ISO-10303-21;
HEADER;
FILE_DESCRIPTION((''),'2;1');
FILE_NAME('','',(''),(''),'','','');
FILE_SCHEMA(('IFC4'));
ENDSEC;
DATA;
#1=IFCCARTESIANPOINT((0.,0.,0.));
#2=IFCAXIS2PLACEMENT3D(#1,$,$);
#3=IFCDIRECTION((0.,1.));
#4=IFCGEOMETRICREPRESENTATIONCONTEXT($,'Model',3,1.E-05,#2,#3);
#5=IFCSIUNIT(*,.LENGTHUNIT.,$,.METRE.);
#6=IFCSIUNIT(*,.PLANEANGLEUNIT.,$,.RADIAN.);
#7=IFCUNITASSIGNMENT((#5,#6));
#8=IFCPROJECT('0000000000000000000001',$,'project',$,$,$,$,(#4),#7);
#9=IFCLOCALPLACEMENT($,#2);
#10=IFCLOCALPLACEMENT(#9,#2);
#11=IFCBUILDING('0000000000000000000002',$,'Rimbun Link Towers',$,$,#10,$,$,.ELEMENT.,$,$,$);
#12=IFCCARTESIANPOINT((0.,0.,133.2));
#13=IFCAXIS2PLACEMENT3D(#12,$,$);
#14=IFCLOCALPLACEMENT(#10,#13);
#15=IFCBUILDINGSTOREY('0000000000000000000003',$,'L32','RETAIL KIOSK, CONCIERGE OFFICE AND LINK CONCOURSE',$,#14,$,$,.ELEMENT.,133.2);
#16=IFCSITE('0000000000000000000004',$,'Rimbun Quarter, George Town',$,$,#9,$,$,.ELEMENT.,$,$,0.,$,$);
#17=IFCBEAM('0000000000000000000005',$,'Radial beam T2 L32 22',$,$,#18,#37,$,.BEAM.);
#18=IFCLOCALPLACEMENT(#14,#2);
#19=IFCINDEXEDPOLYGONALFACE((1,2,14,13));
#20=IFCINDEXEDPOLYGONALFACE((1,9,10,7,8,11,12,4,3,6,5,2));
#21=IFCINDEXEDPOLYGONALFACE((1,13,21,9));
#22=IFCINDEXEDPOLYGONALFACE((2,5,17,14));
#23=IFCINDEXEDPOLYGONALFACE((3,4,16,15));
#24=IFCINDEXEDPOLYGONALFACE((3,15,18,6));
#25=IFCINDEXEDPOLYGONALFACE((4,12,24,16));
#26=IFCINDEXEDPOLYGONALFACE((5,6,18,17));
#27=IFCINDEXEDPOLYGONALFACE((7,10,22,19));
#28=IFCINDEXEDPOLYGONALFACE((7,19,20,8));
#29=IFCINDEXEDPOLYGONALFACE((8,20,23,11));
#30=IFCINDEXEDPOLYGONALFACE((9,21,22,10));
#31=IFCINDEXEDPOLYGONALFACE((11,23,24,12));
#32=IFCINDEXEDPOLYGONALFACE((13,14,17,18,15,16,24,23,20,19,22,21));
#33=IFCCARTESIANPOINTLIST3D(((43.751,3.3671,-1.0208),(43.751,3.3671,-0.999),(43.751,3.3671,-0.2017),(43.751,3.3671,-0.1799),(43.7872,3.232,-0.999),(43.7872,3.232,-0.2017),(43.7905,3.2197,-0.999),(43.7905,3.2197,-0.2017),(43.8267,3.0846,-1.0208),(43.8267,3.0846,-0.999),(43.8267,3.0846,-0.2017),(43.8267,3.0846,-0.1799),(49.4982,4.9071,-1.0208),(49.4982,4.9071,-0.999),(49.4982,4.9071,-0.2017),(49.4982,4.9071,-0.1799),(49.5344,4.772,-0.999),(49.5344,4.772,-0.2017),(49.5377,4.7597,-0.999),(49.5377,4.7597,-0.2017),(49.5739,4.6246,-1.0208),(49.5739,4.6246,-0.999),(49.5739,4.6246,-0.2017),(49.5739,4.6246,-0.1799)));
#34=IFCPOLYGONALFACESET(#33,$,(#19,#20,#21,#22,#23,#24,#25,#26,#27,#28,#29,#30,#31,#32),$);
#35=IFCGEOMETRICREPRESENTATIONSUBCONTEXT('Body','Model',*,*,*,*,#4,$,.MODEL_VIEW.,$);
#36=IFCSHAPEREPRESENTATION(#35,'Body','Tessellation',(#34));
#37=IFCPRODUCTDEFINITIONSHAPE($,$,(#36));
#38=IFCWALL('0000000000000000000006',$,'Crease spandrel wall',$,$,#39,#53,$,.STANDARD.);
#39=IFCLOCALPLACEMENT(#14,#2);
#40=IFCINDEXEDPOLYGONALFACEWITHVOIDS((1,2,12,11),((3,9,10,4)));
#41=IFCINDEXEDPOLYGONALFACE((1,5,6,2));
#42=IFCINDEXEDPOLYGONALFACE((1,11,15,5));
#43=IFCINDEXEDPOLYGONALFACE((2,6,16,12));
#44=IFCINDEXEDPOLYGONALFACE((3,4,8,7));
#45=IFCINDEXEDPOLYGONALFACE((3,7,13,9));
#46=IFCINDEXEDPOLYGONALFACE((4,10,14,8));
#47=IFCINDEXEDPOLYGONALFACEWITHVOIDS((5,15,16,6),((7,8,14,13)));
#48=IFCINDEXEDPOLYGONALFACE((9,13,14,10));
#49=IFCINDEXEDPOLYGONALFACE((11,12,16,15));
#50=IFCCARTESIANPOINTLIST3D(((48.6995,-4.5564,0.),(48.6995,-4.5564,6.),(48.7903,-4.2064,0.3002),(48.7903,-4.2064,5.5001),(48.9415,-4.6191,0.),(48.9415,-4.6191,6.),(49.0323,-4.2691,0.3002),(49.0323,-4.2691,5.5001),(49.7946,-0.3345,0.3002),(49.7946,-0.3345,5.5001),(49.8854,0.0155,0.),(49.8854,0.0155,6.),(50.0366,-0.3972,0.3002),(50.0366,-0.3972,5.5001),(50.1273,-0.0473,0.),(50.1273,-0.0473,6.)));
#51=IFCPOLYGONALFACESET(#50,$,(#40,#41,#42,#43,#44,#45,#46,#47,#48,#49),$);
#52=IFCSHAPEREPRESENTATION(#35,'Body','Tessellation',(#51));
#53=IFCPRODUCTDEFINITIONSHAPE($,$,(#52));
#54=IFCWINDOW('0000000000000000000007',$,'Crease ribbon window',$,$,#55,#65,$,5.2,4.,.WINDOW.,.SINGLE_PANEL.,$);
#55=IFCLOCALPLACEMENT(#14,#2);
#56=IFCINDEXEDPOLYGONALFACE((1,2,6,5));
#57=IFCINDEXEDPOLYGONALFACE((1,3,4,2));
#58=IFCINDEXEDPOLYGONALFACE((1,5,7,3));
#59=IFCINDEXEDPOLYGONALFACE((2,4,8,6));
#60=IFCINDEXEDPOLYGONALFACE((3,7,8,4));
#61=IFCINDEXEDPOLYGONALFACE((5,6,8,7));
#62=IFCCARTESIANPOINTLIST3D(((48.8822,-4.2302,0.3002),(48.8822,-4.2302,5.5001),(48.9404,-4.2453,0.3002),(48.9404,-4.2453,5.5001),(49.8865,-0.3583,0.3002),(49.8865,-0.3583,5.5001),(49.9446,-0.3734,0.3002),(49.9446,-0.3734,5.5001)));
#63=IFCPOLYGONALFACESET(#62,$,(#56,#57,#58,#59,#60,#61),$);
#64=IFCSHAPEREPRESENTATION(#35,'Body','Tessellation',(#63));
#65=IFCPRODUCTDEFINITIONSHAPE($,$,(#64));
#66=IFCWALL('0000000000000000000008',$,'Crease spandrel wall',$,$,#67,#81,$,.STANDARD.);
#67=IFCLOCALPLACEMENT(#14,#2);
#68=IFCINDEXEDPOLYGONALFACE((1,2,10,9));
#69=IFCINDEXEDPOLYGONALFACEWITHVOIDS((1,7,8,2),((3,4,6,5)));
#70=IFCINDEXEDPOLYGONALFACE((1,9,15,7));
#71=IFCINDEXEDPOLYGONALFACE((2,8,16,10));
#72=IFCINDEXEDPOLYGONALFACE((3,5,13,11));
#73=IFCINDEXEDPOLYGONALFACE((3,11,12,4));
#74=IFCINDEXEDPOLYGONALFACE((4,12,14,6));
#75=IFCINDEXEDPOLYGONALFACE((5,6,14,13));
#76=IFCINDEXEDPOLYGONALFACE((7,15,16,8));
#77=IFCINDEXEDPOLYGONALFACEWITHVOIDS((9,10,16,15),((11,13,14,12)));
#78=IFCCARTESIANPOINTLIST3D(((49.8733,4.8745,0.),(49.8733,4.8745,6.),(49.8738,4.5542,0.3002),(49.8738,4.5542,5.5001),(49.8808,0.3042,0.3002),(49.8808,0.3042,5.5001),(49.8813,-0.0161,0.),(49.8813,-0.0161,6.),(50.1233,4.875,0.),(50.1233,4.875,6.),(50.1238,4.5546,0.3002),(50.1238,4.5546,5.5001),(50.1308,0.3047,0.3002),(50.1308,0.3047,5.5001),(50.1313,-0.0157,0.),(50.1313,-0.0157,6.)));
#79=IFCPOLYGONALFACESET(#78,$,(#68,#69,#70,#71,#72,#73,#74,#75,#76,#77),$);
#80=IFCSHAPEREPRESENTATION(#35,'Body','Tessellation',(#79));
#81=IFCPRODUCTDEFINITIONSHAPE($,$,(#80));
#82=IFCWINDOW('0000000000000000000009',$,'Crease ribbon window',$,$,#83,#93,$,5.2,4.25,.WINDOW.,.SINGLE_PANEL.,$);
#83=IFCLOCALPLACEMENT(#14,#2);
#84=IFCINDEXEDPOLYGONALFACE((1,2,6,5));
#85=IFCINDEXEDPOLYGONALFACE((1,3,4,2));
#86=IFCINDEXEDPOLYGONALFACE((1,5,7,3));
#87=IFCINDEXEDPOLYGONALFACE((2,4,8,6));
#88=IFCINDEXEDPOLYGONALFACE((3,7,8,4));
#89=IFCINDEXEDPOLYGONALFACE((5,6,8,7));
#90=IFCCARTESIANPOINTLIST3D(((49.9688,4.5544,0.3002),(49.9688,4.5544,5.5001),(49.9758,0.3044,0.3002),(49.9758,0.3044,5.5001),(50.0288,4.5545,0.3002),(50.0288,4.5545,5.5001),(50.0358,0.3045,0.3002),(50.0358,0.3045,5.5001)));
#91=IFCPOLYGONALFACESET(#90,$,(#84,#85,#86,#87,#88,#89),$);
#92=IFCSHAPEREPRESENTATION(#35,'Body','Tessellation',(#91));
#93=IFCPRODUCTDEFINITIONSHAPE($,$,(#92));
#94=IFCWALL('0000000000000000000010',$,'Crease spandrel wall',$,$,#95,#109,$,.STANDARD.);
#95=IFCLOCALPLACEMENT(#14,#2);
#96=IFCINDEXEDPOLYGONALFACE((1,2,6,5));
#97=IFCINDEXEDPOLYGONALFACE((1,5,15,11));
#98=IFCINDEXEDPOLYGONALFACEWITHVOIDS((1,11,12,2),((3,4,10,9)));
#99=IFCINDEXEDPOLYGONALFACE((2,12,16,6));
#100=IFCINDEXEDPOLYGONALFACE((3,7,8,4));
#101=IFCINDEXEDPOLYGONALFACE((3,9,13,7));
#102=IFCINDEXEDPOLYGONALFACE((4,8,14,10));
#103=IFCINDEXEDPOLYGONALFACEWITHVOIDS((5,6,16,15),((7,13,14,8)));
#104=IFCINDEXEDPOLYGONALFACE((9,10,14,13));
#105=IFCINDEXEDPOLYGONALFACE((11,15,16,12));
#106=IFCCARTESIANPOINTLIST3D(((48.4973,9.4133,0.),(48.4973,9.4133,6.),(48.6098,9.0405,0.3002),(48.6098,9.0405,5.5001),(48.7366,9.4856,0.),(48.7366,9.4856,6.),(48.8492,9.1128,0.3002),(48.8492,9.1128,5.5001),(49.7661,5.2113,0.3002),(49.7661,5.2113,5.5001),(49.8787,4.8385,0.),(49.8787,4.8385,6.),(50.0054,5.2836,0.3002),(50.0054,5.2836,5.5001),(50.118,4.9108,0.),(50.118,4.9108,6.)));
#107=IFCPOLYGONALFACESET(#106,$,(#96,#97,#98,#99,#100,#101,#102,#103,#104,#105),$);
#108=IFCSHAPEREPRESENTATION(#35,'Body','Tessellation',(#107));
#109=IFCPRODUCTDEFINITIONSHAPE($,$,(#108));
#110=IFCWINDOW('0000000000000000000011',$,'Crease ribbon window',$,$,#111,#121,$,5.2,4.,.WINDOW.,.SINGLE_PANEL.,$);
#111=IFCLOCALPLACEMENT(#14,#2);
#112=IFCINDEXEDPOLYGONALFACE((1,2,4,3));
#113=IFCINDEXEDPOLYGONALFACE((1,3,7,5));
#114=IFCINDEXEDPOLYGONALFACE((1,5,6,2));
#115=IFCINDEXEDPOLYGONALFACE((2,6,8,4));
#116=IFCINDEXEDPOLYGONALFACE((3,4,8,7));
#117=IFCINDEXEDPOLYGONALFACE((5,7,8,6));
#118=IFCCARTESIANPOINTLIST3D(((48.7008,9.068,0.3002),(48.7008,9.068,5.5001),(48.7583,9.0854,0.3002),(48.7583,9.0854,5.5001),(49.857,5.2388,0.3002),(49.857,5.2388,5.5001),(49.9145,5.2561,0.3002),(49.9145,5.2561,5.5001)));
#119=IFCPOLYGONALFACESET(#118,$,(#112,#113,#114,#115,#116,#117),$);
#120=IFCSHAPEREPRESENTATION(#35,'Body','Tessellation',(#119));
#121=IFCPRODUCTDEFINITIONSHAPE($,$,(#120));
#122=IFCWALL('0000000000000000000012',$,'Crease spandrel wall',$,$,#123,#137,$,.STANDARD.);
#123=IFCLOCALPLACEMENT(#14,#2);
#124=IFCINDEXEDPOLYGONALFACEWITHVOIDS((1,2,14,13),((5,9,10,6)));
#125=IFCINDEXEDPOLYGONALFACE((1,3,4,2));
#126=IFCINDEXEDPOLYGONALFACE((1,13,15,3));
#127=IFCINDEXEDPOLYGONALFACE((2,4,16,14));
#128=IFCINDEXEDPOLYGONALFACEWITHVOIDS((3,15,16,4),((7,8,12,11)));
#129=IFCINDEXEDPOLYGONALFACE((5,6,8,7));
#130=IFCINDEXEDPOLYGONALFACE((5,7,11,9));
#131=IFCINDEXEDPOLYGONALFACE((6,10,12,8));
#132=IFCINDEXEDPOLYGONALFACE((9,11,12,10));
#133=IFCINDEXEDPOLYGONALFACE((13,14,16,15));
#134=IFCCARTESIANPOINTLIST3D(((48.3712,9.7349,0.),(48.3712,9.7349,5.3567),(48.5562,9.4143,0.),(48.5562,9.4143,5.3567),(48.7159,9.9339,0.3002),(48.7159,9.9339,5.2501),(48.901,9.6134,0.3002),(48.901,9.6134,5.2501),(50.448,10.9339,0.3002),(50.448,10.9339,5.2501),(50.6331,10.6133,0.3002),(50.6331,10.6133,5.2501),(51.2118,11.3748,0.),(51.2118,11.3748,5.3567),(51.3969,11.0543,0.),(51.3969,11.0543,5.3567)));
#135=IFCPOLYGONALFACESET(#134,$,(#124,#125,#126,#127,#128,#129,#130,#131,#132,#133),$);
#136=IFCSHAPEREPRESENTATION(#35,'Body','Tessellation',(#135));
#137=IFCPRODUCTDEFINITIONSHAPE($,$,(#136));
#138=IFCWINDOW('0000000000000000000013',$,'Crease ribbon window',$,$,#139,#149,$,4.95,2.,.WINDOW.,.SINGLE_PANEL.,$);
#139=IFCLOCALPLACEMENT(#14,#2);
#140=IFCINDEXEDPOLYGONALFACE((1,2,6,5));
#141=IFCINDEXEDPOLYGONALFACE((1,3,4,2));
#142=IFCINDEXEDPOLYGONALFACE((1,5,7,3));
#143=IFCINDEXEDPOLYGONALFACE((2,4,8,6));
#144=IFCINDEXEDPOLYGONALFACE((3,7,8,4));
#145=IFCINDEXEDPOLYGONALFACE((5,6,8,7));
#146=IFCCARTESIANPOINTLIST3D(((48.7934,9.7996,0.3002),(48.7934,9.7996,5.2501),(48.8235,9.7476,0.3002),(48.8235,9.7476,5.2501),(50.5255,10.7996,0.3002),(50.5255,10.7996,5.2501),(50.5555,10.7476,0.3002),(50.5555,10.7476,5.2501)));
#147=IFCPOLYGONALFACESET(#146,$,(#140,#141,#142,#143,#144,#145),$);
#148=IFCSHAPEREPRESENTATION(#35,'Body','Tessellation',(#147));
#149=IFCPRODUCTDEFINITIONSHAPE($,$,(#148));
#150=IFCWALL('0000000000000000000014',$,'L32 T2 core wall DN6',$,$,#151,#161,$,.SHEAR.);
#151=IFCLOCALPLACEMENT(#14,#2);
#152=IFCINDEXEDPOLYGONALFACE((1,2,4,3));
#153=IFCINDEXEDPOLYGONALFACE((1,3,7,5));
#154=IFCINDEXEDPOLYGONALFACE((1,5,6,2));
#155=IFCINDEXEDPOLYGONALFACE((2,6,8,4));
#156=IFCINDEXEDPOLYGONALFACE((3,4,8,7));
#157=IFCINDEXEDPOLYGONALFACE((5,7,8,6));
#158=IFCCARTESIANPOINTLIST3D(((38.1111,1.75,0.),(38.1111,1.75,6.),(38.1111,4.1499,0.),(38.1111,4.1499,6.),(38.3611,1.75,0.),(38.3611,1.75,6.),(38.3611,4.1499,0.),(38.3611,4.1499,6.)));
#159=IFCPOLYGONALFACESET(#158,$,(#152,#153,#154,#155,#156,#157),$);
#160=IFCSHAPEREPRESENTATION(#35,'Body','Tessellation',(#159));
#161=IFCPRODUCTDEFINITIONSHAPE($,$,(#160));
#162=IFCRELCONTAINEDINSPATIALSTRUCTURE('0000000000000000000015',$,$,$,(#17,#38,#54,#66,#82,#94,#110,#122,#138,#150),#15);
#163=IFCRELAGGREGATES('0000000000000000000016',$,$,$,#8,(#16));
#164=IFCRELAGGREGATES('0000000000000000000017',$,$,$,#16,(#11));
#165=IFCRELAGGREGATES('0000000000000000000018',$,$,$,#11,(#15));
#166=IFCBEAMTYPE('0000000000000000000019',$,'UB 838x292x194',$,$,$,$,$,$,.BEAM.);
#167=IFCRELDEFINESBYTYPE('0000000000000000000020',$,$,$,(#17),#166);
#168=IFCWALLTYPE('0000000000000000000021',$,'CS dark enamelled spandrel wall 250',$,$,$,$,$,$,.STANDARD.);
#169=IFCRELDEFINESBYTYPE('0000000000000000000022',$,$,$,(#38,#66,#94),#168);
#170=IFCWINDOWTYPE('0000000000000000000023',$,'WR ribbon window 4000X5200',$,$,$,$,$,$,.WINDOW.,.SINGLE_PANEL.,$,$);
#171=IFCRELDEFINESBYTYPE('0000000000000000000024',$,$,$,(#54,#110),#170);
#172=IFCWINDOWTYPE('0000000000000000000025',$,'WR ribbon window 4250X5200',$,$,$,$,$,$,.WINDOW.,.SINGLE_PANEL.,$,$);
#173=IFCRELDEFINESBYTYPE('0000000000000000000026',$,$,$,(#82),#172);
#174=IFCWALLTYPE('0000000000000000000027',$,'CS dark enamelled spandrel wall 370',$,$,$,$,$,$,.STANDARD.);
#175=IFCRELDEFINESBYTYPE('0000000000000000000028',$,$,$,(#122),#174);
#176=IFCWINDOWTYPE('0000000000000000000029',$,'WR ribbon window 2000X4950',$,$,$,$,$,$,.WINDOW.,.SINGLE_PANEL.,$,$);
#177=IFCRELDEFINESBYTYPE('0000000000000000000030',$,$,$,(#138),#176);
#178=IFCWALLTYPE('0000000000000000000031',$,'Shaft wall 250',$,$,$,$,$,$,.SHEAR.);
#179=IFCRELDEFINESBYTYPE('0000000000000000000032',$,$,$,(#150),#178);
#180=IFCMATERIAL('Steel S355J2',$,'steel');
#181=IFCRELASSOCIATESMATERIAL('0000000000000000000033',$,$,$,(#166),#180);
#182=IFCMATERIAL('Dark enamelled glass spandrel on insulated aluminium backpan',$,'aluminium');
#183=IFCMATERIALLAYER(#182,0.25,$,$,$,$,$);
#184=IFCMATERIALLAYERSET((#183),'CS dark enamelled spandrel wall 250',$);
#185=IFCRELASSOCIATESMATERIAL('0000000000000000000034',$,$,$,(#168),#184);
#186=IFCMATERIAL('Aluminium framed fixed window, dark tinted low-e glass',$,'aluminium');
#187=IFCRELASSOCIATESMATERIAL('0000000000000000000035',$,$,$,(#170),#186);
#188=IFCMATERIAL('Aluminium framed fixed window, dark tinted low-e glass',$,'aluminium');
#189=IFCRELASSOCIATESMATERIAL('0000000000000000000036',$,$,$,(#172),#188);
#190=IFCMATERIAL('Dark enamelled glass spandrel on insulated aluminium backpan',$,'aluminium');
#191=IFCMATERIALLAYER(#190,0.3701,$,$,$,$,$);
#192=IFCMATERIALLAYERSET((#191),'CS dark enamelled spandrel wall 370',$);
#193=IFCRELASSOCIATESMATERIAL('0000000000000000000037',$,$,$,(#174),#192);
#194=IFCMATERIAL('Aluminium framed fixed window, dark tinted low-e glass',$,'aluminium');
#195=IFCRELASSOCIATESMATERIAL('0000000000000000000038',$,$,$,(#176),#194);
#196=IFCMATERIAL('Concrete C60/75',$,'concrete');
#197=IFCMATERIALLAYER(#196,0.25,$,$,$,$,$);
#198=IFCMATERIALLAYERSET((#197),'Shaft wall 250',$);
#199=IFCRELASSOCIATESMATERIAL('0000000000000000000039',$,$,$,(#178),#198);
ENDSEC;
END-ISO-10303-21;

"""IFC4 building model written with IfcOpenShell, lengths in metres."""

from ifc_helpers import new_model, si_unit, direction, frame, frame_2d, origin, origin_2d, place, context, subcontext, project, spatial, rectangle, i_section, extrude, material, layer, layer_set, material_profile, profile_set, type_object, element, fill, save


model = new_model("IFC4")

# Units and contexts
model_context = context("Model", 3, precision=1e-05, world=origin(), true_north=direction((0.0, 1.0)))
body_context = subcontext(model_context, "Body", "Model", "MODEL_VIEW")
ifc_project = project(units=[si_unit("LENGTHUNIT", "METRE"), si_unit("PLANEANGLEUNIT", "RADIAN")], contexts=[model_context])

# Site, building, storey
site_placement = place(None, origin())
site = spatial("IfcSite", under=ifc_project, at=site_placement, Name="Rimbun Quarter, George Town", CompositionType="ELEMENT", RefElevation=0.0)
building_placement = place(site_placement, origin())
building = spatial("IfcBuilding", under=site, at=building_placement, Name="Rimbun Link Towers", CompositionType="ELEMENT")
storey_placement = place(building_placement, frame((0.0, 0.0, 133.2)))
storey = spatial("IfcBuildingStorey", under=building, at=storey_placement, Name="L32", Description="RETAIL KIOSK, CONCIERGE OFFICE AND LINK CONCOURSE", CompositionType="ELEMENT", Elevation=133.2)

# Beam
ifc_material_1 = material(Name="Steel S355J2", Category="steel")
ifc_material_profile_1 = material_profile(ifc_material_1, i_section(OverallWidth=0.2925, OverallDepth=0.8408, WebThickness=0.0127, FlangeThickness=0.0217, at=origin_2d()), Name="UB 838x292x194")
ifc_profile_set_1 = profile_set([ifc_material_profile_1], Name="Steel S355J2")
beam_type_1 = type_object("IfcBeamType", Name="UB 838x292x194", PredefinedType="BEAM", material=ifc_profile_set_1)
beam_1_placement = place(storey_placement, frame((43.7888, 3.2258, -0.6003), z_axis=(0.965924, 0.258827, 0.0), x_axis=(-0.258827, 0.965924, 0.0)))
element("IfcBeam", 1, at=beam_1_placement, inside=storey, type_object=beam_type_1, Name="Radial beam T2 L32 22", PredefinedType="BEAM", context=body_context, shape_type="SweptSolid", body=[
    extrude(i_section(OverallWidth=0.2925, OverallDepth=0.8408, WebThickness=0.0127, FlangeThickness=0.0217, at=origin_2d()), origin(), (0.0, 0.0, 1.0), 5.95),
])

# Walls, openings, windows
ifc_material_2 = material(Name="Dark enamelled glass spandrel on insulated aluminium backpan", Category="aluminium")
ifc_layer_1 = layer(ifc_material_2, 0.25)
ifc_layer_set_1 = layer_set([ifc_layer_1], Name="CS dark enamelled spandrel wall 250")
wall_type_1 = type_object("IfcWallType", Name="CS dark enamelled spandrel wall 250", PredefinedType="STANDARD", material=ifc_layer_set_1)
wall_1_placement = place(storey_placement, frame((50.0063, -0.0159, 0.0), z_axis=(0.0, 0.0, 1.0), x_axis=(-0.251064, -0.96797, 0.0)))
wall_1 = element("IfcWall", 2, at=wall_1_placement, inside=storey, type_object=wall_type_1, Name="Crease spandrel wall", PredefinedType="STANDARD", context=body_context, shape_type="SweptSolid", body=[
    extrude(rectangle(XDim=4.7231, YDim=0.25, at=frame_2d((2.3616, 0.0))), origin(), (0.0, 0.0, 1.0), 6.0),
])
opening_1_placement = place(wall_1_placement, frame((0.3616, 0.0, 0.3)))
opening_1 = element("IfcOpeningElement", 3, at=opening_1_placement, cuts=wall_1, PredefinedType="OPENING", context=body_context, shape_type="SweptSolid", body=[
    extrude(rectangle(XDim=4.0, YDim=5.2, at=frame_2d((2.0, 2.6001))), frame((0.0, 0.135, 0.0), z_axis=(0.0, -1.0, 0.0), x_axis=(1.0, 0.0, 0.0)), (0.0, 0.0, 1.0), 0.27),
])
ifc_material_3 = material(Name="Aluminium framed fixed window, dark tinted low-e glass", Category="aluminium")
window_type_1 = type_object("IfcWindowType", Name="WR ribbon window 4000X5200", PartitioningType="SINGLE_PANEL", PredefinedType="WINDOW", material=ifc_material_3)
window_1_placement = place(opening_1_placement, origin())
window_1 = element("IfcWindow", 4, at=window_1_placement, inside=storey, type_object=window_type_1, Name="Crease ribbon window", OverallHeight=5.2, OverallWidth=4.0, PartitioningType="SINGLE_PANEL", PredefinedType="WINDOW", context=body_context, shape_type="SweptSolid", body=[
    extrude(rectangle(XDim=4.0, YDim=5.2, at=frame_2d((2.0, 2.6001))), frame((0.0, 0.03, 0.0), z_axis=(0.0, -1.0, 0.0), x_axis=(1.0, 0.0, 0.0)), (0.0, 0.0, 1.0), 0.0601),
])
fill(opening_1, window_1)
wall_2_placement = place(storey_placement, frame((49.9983, 4.8748, 0.0), z_axis=(0.0, 0.0, 1.0), x_axis=(0.001647, -0.999999, 0.0)))
wall_2 = element("IfcWall", 5, at=wall_2_placement, inside=storey, type_object=wall_type_1, Name="Crease spandrel wall", PredefinedType="STANDARD", context=body_context, shape_type="SweptSolid", body=[
    extrude(rectangle(XDim=4.8906, YDim=0.25, at=frame_2d((2.4453, 0.0))), origin(), (0.0, 0.0, 1.0), 6.0),
])
opening_2_placement = place(wall_2_placement, frame((0.3203, 0.0, 0.3)))
opening_2 = element("IfcOpeningElement", 6, at=opening_2_placement, cuts=wall_2, PredefinedType="OPENING", context=body_context, shape_type="SweptSolid", body=[
    extrude(rectangle(XDim=4.25, YDim=5.2, at=frame_2d((2.125, 2.6001))), frame((0.0, 0.135, 0.0), z_axis=(0.0, -1.0, 0.0), x_axis=(1.0, 0.0, 0.0)), (0.0, 0.0, 1.0), 0.27),
])
ifc_material_4 = material(Name="Aluminium framed fixed window, dark tinted low-e glass", Category="aluminium")
window_type_2 = type_object("IfcWindowType", Name="WR ribbon window 4250X5200", PartitioningType="SINGLE_PANEL", PredefinedType="WINDOW", material=ifc_material_4)
window_2_placement = place(opening_2_placement, origin())
window_2 = element("IfcWindow", 7, at=window_2_placement, inside=storey, type_object=window_type_2, Name="Crease ribbon window", OverallHeight=5.2, OverallWidth=4.25, PartitioningType="SINGLE_PANEL", PredefinedType="WINDOW", context=body_context, shape_type="SweptSolid", body=[
    extrude(rectangle(XDim=4.25, YDim=5.2, at=frame_2d((2.125, 2.6001))), frame((0.0, 0.03, 0.0), z_axis=(0.0, -1.0, 0.0), x_axis=(1.0, 0.0, 0.0)), (0.0, 0.0, 1.0), 0.0601),
])
fill(opening_2, window_2)
wall_3_placement = place(storey_placement, frame((48.6169, 9.4495, 0.0), z_axis=(0.0, 0.0, 1.0), x_axis=(0.289063, -0.95731, 0.0)))
wall_3 = element("IfcWall", 8, at=wall_3_placement, inside=storey, type_object=wall_type_1, Name="Crease spandrel wall", PredefinedType="STANDARD", context=body_context, shape_type="SweptSolid", body=[
    extrude(rectangle(XDim=4.7788, YDim=0.25, at=frame_2d((2.3894, 0.0))), origin(), (0.0, 0.0, 1.0), 6.0),
])
opening_3_placement = place(wall_3_placement, frame((0.3894, 0.0, 0.3)))
opening_3 = element("IfcOpeningElement", 9, at=opening_3_placement, cuts=wall_3, PredefinedType="OPENING", context=body_context, shape_type="SweptSolid", body=[
    extrude(rectangle(XDim=4.0, YDim=5.2, at=frame_2d((2.0, 2.6001))), frame((0.0, 0.135, 0.0), z_axis=(0.0, -1.0, 0.0), x_axis=(1.0, 0.0, 0.0)), (0.0, 0.0, 1.0), 0.27),
])
window_3_placement = place(opening_3_placement, origin())
window_3 = element("IfcWindow", 10, at=window_3_placement, inside=storey, type_object=window_type_1, Name="Crease ribbon window", OverallHeight=5.2, OverallWidth=4.0, PartitioningType="SINGLE_PANEL", PredefinedType="WINDOW", context=body_context, shape_type="SweptSolid", body=[
    extrude(rectangle(XDim=4.0, YDim=5.2, at=frame_2d((2.0, 2.6001))), frame((0.0, 0.03, 0.0), z_axis=(0.0, -1.0, 0.0), x_axis=(1.0, 0.0, 0.0)), (0.0, 0.0, 1.0), 0.0601),
])
fill(opening_3, window_3)
ifc_material_5 = material(Name="Dark enamelled glass spandrel on insulated aluminium backpan", Category="aluminium")
ifc_layer_2 = layer(ifc_material_5, 0.3701)
ifc_layer_set_2 = layer_set([ifc_layer_2], Name="CS dark enamelled spandrel wall 370")
wall_type_2 = type_object("IfcWallType", Name="CS dark enamelled spandrel wall 370", PredefinedType="STANDARD", material=ifc_layer_set_2)
wall_4_placement = place(storey_placement, frame((51.3044, 11.2146, 0.0), z_axis=(0.0, 0.0, 1.0), x_axis=(-0.866041, -0.499974, 0.0)))
wall_4 = element("IfcWall", 11, at=wall_4_placement, inside=storey, type_object=wall_type_2, Name="Crease spandrel wall", PredefinedType="STANDARD", context=body_context, shape_type="SweptSolid", body=[
    extrude(rectangle(XDim=3.28, YDim=0.3701, at=frame_2d((1.6401, 0.0))), origin(), (0.0, 0.0, 1.0), 5.3567),
])
opening_4_placement = place(wall_4_placement, frame((0.8821, 0.0, 0.3)))
opening_4 = element("IfcOpeningElement", 12, at=opening_4_placement, cuts=wall_4, PredefinedType="OPENING", context=body_context, shape_type="SweptSolid", body=[
    extrude(rectangle(XDim=2.0, YDim=4.95, at=frame_2d((1.0, 2.4751))), frame((0.0, 0.1951, 0.0), z_axis=(0.0, -1.0, 0.0), x_axis=(1.0, 0.0, 0.0)), (0.0, 0.0, 1.0), 0.3901),
])
ifc_material_6 = material(Name="Aluminium framed fixed window, dark tinted low-e glass", Category="aluminium")
window_type_3 = type_object("IfcWindowType", Name="WR ribbon window 2000X4950", PartitioningType="SINGLE_PANEL", PredefinedType="WINDOW", material=ifc_material_6)
window_4_placement = place(opening_4_placement, origin())
window_4 = element("IfcWindow", 13, at=window_4_placement, inside=storey, type_object=window_type_3, Name="Crease ribbon window", OverallHeight=4.95, OverallWidth=2.0, PartitioningType="SINGLE_PANEL", PredefinedType="WINDOW", context=body_context, shape_type="SweptSolid", body=[
    extrude(rectangle(XDim=2.0, YDim=4.95, at=frame_2d((1.0, 2.4751))), frame((0.0, 0.03, 0.0), z_axis=(0.0, -1.0, 0.0), x_axis=(1.0, 0.0, 0.0)), (0.0, 0.0, 1.0), 0.0601),
])
fill(opening_4, window_4)

# Wall
ifc_material_7 = material(Name="Concrete C60/75", Category="concrete")
ifc_layer_3 = layer(ifc_material_7, 0.25)
ifc_layer_set_3 = layer_set([ifc_layer_3], Name="Shaft wall 250")
wall_type_3 = type_object("IfcWallType", Name="Shaft wall 250", PredefinedType="SHEAR", material=ifc_layer_set_3)
for number, where, z_axis, x_axis, name in (
    (14, (38.2361, 1.75, 0.0), (0.0, 0.0, 1.0), (0.0, 1.0, 0.0), "L32 T2 core wall DN6"),
):
    element("IfcWall", number, at=place(storey_placement, frame(where, z_axis=z_axis, x_axis=x_axis)), inside=storey, type_object=wall_type_3, Name=name, PredefinedType="SHEAR", context=body_context, shape_type="SweptSolid", body=[
        extrude(rectangle(XDim=2.3999, YDim=0.25, at=frame_2d((1.2, 0.0))), origin(), (0.0, 0.0, 1.0), 6.0),
    ])

save(model, "model.ifc")
